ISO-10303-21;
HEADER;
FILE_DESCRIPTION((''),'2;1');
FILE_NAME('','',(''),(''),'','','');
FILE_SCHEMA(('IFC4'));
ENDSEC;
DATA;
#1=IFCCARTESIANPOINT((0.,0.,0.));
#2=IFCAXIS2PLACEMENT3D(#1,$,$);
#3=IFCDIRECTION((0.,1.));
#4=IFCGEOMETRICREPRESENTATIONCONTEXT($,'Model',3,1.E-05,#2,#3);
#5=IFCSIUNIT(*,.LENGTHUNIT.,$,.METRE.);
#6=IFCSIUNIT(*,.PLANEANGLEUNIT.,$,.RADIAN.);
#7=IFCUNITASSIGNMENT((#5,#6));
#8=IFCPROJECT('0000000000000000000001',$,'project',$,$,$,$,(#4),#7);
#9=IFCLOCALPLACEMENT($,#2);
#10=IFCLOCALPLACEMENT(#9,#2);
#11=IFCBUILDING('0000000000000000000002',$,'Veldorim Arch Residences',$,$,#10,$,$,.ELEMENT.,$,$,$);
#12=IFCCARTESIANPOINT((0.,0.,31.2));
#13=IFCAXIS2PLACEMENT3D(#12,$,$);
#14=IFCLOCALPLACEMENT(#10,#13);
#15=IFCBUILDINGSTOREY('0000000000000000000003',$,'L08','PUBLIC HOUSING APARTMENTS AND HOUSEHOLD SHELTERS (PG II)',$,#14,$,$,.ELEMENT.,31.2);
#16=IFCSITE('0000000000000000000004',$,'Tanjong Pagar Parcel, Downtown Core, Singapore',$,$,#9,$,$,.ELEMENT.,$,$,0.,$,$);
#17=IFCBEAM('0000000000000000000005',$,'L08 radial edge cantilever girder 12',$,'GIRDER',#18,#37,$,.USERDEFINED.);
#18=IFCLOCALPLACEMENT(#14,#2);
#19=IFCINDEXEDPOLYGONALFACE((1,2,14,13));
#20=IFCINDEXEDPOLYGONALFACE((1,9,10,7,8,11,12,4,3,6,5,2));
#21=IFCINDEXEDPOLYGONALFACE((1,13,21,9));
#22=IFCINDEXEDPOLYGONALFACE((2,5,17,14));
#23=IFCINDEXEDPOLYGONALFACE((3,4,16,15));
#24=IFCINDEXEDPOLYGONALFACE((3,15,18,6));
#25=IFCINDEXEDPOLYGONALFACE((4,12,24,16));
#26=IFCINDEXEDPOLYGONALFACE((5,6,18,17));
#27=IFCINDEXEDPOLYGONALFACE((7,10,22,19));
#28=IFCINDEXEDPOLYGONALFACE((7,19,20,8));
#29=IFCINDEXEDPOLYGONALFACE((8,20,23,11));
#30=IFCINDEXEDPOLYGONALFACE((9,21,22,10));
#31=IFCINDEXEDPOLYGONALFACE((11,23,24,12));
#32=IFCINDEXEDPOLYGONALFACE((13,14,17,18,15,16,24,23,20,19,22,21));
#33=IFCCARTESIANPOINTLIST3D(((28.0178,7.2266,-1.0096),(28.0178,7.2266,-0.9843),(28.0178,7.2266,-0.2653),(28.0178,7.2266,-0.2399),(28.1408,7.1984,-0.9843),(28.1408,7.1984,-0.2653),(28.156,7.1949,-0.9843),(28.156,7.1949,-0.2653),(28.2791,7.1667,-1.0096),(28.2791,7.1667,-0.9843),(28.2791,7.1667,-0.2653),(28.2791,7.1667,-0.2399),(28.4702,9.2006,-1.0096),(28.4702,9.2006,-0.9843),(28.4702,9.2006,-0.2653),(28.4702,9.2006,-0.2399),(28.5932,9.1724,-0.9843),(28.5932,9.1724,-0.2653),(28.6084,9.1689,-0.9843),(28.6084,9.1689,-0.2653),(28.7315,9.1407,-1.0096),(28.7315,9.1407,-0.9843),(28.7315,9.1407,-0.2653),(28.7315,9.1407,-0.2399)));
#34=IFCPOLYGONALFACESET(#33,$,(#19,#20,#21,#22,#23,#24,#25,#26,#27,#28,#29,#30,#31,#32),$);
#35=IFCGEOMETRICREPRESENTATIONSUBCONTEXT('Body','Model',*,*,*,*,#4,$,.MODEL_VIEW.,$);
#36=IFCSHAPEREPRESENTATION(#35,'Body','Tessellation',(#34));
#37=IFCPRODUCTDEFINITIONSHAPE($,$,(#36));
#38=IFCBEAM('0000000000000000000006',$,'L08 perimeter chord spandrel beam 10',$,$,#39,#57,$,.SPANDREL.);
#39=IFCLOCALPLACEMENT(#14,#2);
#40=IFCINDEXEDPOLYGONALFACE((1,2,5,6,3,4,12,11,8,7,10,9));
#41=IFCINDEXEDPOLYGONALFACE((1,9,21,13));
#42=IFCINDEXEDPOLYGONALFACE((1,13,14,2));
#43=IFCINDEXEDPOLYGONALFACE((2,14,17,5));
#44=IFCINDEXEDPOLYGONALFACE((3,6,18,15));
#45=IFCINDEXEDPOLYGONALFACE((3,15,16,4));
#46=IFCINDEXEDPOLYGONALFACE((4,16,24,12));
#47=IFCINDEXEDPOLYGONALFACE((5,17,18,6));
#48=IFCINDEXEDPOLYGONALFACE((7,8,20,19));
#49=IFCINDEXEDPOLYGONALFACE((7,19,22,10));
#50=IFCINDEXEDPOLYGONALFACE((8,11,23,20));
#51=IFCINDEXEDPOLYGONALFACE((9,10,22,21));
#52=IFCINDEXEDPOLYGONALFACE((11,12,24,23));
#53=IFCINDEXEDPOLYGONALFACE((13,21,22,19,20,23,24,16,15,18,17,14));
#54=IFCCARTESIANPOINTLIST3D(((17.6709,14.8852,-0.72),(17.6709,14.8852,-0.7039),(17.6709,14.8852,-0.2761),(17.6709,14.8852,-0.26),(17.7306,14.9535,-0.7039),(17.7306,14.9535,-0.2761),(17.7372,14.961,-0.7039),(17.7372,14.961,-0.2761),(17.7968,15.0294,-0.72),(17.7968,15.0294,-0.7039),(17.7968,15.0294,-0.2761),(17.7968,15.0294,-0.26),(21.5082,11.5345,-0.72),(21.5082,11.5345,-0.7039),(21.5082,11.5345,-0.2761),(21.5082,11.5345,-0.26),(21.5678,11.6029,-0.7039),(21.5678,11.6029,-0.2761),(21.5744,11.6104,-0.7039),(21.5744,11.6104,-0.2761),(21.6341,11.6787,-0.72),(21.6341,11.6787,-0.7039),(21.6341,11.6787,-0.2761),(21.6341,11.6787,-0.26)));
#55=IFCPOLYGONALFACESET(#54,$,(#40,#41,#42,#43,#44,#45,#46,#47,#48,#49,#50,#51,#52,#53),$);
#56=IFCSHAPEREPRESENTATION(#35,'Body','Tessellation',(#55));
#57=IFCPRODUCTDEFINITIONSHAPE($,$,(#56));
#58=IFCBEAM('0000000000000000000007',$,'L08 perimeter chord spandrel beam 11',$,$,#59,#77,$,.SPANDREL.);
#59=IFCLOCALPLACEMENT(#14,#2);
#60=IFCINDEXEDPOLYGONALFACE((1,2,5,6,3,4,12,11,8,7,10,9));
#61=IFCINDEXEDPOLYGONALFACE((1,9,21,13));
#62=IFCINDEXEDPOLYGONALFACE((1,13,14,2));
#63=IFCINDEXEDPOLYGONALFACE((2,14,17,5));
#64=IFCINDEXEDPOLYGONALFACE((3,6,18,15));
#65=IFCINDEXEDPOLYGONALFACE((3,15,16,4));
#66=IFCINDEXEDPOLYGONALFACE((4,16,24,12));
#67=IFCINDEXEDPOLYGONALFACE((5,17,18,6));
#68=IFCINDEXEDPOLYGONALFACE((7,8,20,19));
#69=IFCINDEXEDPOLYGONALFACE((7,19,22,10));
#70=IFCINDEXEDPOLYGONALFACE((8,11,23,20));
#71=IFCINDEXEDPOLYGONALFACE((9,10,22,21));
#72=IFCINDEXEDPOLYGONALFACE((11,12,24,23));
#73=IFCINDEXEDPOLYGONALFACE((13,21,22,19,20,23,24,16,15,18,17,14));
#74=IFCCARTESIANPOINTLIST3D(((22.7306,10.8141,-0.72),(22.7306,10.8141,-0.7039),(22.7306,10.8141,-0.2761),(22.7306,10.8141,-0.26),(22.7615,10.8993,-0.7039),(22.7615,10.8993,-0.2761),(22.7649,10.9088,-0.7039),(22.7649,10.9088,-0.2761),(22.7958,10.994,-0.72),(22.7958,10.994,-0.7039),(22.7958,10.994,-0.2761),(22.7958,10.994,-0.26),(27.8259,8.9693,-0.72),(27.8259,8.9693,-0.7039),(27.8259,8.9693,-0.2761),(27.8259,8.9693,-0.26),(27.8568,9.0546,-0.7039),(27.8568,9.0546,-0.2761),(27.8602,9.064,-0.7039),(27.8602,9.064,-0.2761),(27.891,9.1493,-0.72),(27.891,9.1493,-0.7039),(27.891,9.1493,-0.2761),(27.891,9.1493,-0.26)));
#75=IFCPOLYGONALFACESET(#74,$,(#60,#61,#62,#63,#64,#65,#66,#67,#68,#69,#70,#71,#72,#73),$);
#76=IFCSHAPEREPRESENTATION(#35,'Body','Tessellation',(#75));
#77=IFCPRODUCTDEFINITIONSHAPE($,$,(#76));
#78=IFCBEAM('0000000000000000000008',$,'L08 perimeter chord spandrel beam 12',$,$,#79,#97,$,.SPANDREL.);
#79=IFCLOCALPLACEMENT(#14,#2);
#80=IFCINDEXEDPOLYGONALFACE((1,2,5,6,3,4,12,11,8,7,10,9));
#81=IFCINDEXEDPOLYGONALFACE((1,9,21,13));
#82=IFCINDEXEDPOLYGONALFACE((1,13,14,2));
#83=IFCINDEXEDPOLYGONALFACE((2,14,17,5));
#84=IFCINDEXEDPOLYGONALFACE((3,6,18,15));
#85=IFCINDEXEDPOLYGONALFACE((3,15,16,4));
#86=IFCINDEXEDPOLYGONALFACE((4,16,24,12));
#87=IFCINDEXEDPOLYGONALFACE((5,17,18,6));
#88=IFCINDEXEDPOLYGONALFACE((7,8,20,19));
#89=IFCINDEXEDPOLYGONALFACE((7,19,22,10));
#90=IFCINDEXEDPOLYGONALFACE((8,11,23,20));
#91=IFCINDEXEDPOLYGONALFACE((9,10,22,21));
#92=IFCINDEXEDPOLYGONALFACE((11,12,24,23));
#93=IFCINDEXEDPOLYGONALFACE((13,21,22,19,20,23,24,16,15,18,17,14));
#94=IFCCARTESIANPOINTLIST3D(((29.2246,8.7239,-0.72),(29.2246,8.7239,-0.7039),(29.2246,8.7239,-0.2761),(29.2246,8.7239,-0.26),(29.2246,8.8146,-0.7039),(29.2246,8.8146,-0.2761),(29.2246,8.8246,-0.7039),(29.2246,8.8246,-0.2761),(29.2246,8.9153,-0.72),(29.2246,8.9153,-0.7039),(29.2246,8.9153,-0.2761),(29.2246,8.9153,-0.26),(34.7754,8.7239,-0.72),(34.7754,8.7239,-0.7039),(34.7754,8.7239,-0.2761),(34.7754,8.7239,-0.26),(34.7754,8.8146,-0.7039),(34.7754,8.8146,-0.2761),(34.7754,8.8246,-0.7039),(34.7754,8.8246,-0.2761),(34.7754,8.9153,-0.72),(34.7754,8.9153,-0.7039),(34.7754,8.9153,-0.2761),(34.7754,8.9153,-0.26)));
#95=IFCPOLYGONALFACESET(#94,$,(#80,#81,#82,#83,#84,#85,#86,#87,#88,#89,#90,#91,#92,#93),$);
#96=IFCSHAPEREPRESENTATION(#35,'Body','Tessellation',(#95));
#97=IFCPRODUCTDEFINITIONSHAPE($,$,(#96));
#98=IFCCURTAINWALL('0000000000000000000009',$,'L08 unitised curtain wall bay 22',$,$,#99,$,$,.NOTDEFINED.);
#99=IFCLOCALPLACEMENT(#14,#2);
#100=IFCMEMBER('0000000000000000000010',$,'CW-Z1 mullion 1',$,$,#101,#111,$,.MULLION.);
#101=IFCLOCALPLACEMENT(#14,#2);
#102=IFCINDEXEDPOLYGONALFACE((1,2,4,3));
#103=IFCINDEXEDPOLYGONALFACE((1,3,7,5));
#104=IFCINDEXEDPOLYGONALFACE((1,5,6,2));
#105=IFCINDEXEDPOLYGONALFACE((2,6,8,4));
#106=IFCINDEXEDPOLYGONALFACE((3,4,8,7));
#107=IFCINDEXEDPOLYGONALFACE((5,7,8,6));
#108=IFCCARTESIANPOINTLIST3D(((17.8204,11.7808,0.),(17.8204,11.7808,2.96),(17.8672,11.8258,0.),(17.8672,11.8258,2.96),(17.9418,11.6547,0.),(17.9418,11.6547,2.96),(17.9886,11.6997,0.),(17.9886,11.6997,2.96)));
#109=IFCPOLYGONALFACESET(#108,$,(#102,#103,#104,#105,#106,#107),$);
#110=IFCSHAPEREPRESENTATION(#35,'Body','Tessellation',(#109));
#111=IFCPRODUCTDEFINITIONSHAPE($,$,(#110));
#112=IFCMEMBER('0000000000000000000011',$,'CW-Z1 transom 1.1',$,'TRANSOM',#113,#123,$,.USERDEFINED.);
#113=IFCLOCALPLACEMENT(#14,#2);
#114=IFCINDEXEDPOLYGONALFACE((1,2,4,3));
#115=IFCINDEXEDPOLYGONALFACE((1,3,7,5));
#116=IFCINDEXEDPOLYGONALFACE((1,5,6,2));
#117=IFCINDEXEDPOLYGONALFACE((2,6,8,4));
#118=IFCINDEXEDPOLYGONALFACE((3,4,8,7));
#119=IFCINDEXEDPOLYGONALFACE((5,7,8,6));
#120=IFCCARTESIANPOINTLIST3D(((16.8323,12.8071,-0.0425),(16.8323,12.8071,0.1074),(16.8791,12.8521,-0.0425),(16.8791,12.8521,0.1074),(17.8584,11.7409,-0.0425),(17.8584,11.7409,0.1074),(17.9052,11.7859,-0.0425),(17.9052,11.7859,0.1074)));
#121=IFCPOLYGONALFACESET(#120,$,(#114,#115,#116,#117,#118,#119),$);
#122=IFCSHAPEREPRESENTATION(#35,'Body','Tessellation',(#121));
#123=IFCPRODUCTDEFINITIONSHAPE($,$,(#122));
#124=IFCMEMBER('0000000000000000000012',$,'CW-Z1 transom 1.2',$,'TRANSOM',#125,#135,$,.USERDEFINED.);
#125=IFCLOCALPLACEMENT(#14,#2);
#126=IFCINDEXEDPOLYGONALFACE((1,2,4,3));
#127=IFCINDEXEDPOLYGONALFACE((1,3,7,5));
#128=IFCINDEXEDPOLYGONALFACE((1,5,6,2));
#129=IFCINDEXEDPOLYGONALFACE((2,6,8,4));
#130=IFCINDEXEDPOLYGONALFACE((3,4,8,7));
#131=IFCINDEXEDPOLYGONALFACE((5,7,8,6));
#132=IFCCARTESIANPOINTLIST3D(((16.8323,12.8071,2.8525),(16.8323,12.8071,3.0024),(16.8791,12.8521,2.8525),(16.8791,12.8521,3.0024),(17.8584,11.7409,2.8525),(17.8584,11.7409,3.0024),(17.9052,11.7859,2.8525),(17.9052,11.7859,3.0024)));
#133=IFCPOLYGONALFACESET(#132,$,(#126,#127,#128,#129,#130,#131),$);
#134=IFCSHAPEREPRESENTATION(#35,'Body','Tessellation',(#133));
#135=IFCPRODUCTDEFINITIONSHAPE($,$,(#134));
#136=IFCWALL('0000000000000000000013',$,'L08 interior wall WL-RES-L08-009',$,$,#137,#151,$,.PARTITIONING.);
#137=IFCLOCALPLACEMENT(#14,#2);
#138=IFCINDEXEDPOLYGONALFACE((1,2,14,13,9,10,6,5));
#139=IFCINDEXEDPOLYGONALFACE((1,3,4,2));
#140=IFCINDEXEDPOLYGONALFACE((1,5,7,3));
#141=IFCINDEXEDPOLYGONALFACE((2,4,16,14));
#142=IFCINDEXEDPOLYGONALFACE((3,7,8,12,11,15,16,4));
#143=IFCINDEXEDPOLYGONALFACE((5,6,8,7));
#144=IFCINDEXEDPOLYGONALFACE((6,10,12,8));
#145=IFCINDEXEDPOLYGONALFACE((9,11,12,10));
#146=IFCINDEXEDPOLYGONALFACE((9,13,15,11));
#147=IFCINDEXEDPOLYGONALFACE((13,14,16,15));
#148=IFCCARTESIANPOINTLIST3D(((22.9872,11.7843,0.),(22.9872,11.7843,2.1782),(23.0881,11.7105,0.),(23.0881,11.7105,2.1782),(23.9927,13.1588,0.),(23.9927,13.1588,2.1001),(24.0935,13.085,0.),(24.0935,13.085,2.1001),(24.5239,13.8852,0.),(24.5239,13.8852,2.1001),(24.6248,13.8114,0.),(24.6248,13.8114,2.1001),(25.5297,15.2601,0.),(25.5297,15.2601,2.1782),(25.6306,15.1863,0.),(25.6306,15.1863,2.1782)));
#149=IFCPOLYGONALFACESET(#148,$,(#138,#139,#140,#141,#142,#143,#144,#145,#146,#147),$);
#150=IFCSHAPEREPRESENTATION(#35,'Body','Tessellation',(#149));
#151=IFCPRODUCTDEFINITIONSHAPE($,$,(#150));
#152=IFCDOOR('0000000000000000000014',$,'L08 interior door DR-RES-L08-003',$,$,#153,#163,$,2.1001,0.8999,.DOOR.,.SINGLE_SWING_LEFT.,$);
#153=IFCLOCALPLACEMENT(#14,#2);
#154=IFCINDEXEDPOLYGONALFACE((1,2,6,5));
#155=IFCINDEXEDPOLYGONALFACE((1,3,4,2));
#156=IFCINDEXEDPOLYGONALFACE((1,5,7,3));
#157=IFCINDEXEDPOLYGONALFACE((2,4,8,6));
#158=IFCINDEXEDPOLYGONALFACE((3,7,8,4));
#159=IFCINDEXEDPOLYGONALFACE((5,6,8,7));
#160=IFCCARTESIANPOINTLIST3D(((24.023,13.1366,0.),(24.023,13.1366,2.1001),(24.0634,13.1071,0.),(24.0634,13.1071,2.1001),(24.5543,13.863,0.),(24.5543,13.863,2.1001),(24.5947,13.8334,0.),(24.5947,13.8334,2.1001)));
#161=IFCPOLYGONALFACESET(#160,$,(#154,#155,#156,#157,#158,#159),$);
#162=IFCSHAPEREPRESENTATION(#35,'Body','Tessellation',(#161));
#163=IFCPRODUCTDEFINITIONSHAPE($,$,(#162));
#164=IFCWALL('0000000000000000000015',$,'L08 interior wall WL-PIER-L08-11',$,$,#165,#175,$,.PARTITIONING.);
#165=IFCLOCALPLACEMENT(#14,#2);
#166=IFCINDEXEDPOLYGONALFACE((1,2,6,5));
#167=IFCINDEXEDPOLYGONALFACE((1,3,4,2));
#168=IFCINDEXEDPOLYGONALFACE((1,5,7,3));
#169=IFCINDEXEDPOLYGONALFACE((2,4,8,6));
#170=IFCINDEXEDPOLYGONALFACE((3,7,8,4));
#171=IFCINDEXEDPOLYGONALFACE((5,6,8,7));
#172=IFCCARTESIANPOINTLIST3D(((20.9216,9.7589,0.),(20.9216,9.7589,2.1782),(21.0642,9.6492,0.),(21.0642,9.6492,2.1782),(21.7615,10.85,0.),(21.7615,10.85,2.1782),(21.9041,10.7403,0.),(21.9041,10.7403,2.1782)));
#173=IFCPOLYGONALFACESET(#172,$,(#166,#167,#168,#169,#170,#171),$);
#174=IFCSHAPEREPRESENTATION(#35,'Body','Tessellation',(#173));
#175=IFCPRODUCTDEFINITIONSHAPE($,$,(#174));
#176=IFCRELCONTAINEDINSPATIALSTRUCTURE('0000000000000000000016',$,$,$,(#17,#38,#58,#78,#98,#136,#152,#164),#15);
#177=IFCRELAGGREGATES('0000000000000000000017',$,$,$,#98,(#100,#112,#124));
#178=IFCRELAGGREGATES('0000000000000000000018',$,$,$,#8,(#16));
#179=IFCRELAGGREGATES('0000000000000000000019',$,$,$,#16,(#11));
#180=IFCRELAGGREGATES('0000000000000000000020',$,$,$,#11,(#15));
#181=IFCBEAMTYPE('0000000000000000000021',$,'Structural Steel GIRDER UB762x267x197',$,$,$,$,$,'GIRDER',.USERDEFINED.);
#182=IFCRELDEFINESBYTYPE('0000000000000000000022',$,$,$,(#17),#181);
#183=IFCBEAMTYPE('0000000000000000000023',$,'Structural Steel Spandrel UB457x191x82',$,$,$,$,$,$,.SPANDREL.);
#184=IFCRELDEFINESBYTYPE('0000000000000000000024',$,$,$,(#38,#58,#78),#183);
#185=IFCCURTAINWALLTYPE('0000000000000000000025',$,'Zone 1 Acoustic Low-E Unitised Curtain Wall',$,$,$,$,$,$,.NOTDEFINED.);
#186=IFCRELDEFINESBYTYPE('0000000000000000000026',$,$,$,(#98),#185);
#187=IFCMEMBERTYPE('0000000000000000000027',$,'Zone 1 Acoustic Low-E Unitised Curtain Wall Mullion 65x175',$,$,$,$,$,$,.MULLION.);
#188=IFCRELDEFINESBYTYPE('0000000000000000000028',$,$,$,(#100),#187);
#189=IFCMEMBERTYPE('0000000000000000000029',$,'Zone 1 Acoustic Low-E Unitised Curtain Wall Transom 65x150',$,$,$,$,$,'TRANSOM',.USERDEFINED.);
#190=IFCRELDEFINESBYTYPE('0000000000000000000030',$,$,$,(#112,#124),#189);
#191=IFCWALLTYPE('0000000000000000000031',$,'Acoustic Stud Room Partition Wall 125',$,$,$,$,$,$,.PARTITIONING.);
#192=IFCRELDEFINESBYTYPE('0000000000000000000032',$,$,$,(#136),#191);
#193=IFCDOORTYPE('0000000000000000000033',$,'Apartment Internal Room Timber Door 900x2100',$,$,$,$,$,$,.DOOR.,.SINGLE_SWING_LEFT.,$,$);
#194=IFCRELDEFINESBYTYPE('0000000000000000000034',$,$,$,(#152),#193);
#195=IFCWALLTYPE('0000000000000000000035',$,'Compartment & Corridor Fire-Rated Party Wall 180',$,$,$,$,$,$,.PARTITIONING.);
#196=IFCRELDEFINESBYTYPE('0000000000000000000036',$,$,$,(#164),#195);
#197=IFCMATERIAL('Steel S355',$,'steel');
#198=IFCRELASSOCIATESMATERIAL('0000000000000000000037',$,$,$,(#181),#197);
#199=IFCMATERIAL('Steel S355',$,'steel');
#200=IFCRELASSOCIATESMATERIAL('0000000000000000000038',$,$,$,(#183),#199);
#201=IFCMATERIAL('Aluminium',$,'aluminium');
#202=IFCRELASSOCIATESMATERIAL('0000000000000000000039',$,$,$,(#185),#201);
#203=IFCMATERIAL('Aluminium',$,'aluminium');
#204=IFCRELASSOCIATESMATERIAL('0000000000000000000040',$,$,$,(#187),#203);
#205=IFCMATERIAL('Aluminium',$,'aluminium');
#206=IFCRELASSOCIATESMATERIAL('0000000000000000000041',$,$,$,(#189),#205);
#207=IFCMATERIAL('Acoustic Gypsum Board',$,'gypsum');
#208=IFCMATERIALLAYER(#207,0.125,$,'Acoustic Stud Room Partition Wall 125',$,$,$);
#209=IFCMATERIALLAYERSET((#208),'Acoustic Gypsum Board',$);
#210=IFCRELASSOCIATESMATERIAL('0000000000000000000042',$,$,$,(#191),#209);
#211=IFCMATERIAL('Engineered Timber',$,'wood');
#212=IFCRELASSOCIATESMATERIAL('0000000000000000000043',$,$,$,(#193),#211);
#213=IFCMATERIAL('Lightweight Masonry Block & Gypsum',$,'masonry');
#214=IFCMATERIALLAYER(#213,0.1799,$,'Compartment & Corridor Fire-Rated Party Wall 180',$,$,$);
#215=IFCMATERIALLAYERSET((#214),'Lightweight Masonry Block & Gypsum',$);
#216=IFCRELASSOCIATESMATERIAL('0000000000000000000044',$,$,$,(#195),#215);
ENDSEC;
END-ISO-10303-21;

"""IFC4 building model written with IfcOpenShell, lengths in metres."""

from ifc_helpers import new_model, si_unit, direction, frame, frame_2d, origin, origin_2d, place, context, subcontext, project, spatial, rectangle, i_section, extrude, material, layer, layer_set, material_profile, profile_set, type_object, element, fill, aggregate, save


model = new_model("IFC4")

# Units and contexts
model_context = context("Model", 3, precision=1e-05, world=origin(), true_north=direction((0.0, 1.0)))
body_context = subcontext(model_context, "Body", "Model", "MODEL_VIEW")
ifc_project = project(units=[si_unit("LENGTHUNIT", "METRE"), si_unit("PLANEANGLEUNIT", "RADIAN")], contexts=[model_context])

# Site, building, storey
site_placement = place(None, origin())
site = spatial("IfcSite", under=ifc_project, at=site_placement, Name="Tanjong Pagar Parcel, Downtown Core, Singapore", CompositionType="ELEMENT", RefElevation=0.0)
building_placement = place(site_placement, origin())
building = spatial("IfcBuilding", under=site, at=building_placement, Name="Veldorim Arch Residences", CompositionType="ELEMENT")
storey_placement = place(building_placement, frame((0.0, 0.0, 31.2)))
storey = spatial("IfcBuildingStorey", under=building, at=storey_placement, Name="L08", Description="PUBLIC HOUSING APARTMENTS AND HOUSEHOLD SHELTERS (PG II)", CompositionType="ELEMENT", Elevation=31.2)

# Beams
ifc_material_1 = material(Name="Steel S355", Category="steel")
ifc_material_profile_1 = material_profile(ifc_material_1, i_section(OverallWidth=0.2681, OverallDepth=0.7698, WebThickness=0.0156, FlangeThickness=0.0254, at=origin_2d()), Name="UB762x267x197")
ifc_profile_set_1 = profile_set([ifc_material_profile_1], Name="Steel S355")
beam_type_1 = type_object("IfcBeamType", Name="Structural Steel GIRDER UB762x267x197", ElementType="GIRDER", PredefinedType="USERDEFINED", material=ifc_profile_set_1)
beam_1_placement = place(storey_placement, frame((28.6008, 9.1707, -0.6248), z_axis=(-0.223398, -0.974727, 0.0), x_axis=(0.974727, -0.223398, 0.0)))
element("IfcBeam", 1, at=beam_1_placement, inside=storey, type_object=beam_type_1, Name="L08 radial edge cantilever girder 12", ObjectType="GIRDER", PredefinedType="USERDEFINED", context=body_context, shape_type="SweptSolid", body=[
    extrude(i_section(OverallWidth=0.2681, OverallDepth=0.7698, WebThickness=0.0156, FlangeThickness=0.0254, at=origin_2d()), origin(), (0.0, 0.0, 1.0), 2.0251),
])
ifc_material_2 = material(Name="Steel S355", Category="steel")
ifc_material_profile_2 = material_profile(ifc_material_2, i_section(OverallWidth=0.1914, OverallDepth=0.46, WebThickness=0.01, FlangeThickness=0.0161, at=origin_2d()), Name="UB457x191x82")
ifc_profile_set_2 = profile_set([ifc_material_profile_2], Name="Steel S355")
beam_type_2 = type_object("IfcBeamType", Name="Structural Steel Spandrel UB457x191x82", PredefinedType="SPANDREL", material=ifc_profile_set_2)
beam_2_placement = place(storey_placement, frame((17.7339, 14.9573, -0.49), z_axis=(0.75325, -0.657734, 0.0), x_axis=(0.657734, 0.75325, 0.0)))
element("IfcBeam", 2, at=beam_2_placement, inside=storey, type_object=beam_type_2, Name="L08 perimeter chord spandrel beam 10", PredefinedType="SPANDREL", context=body_context, shape_type="SweptSolid", body=[
    extrude(i_section(OverallWidth=0.1914, OverallDepth=0.46, WebThickness=0.01, FlangeThickness=0.0161, at=origin_2d()), origin(), (0.0, 0.0, 1.0), 5.0942),
])
beam_3_placement = place(storey_placement, frame((22.7632, 10.9041, -0.49), z_axis=(0.940271, -0.340426, 0.0), x_axis=(0.340426, 0.940271, 0.0)))
element("IfcBeam", 3, at=beam_3_placement, inside=storey, type_object=beam_type_2, Name="L08 perimeter chord spandrel beam 11", PredefinedType="SPANDREL", context=body_context, shape_type="SweptSolid", body=[
    extrude(i_section(OverallWidth=0.1914, OverallDepth=0.46, WebThickness=0.01, FlangeThickness=0.0161, at=origin_2d()), origin(), (0.0, 0.0, 1.0), 5.4189),
])
beam_4_placement = place(storey_placement, frame((29.2246, 8.8196, -0.49), z_axis=(1.0, 0.0, 0.0), x_axis=(0.0, 1.0, 0.0)))
element("IfcBeam", 4, at=beam_4_placement, inside=storey, type_object=beam_type_2, Name="L08 perimeter chord spandrel beam 12", PredefinedType="SPANDREL", context=body_context, shape_type="SweptSolid", body=[
    extrude(i_section(OverallWidth=0.1914, OverallDepth=0.46, WebThickness=0.01, FlangeThickness=0.0161, at=origin_2d()), origin(), (0.0, 0.0, 1.0), 5.5508),
])

# Curtain wall, members
ifc_material_3 = material(Name="Aluminium", Category="aluminium")
curtain_wall_type = type_object("IfcCurtainWallType", Name="Zone 1 Acoustic Low-E Unitised Curtain Wall", PredefinedType="NOTDEFINED", material=ifc_material_3)
curtain_wall_placement = place(storey_placement, origin())
curtain_wall = element("IfcCurtainWall", 5, at=curtain_wall_placement, inside=storey, type_object=curtain_wall_type, Name="L08 unitised curtain wall bay 22", PredefinedType="NOTDEFINED")
ifc_material_4 = material(Name="Aluminium", Category="aluminium")
ifc_material_profile_3 = material_profile(ifc_material_4, rectangle(XDim=0.0649, YDim=0.175, at=origin_2d()), Name="ALU_MUL_65x175")
ifc_profile_set_3 = profile_set([ifc_material_profile_3], Name="Aluminium")
member_type_1 = type_object("IfcMemberType", Name="Zone 1 Acoustic Low-E Unitised Curtain Wall Mullion 65x175", PredefinedType="MULLION", material=ifc_profile_set_3)
member_1_placement = place(storey_placement, frame((17.9045, 11.7402, 0.0), z_axis=(0.0, 0.0, 1.0), x_axis=(-0.720421, -0.693538, 0.0)))
member_1 = element("IfcMember", 6, at=member_1_placement, type_object=member_type_1, Name="CW-Z1 mullion 1", PredefinedType="MULLION", context=body_context, shape_type="SweptSolid", body=[
    extrude(rectangle(XDim=0.0649, YDim=0.175, at=origin_2d()), origin(), (0.0, 0.0, 1.0), 2.96),
])
ifc_material_5 = material(Name="Aluminium", Category="aluminium")
ifc_material_profile_4 = material_profile(ifc_material_5, rectangle(XDim=0.0649, YDim=0.1499, at=origin_2d()), Name="ALU_TRN_65x150")
ifc_profile_set_4 = profile_set([ifc_material_profile_4], Name="Aluminium")
member_type_2 = type_object("IfcMemberType", Name="Zone 1 Acoustic Low-E Unitised Curtain Wall Transom 65x150", ElementType="TRANSOM", PredefinedType="USERDEFINED", material=ifc_profile_set_4)
member_2_placement = place(storey_placement, frame((17.8818, 11.7634, 0.0325), z_axis=(-0.693448, 0.720506, 0.0), x_axis=(-0.720506, -0.693448, 0.0)))
member_2 = element("IfcMember", 7, at=member_2_placement, type_object=member_type_2, Name="CW-Z1 transom 1.1", ObjectType="TRANSOM", PredefinedType="USERDEFINED", context=body_context, shape_type="SweptSolid", body=[
    extrude(rectangle(XDim=0.0649, YDim=0.1499, at=origin_2d()), origin(), (0.0, 0.0, 1.0), 1.4797),
])
member_3_placement = place(storey_placement, frame((17.8818, 11.7634, 2.9275), z_axis=(-0.693448, 0.720506, 0.0), x_axis=(-0.720506, -0.693448, 0.0)))
member_3 = element("IfcMember", 8, at=member_3_placement, type_object=member_type_2, Name="CW-Z1 transom 1.2", ObjectType="TRANSOM", PredefinedType="USERDEFINED", context=body_context, shape_type="SweptSolid", body=[
    extrude(rectangle(XDim=0.0649, YDim=0.1499, at=origin_2d()), origin(), (0.0, 0.0, 1.0), 1.4797),
])
aggregate(curtain_wall, [member_1, member_2, member_3])

# Wall, opening, door
ifc_material_6 = material(Name="Acoustic Gypsum Board", Category="gypsum")
ifc_layer_1 = layer(ifc_material_6, 0.125, Name="Acoustic Stud Room Partition Wall 125")
ifc_layer_set_1 = layer_set([ifc_layer_1], Name="Acoustic Gypsum Board")
wall_type_1 = type_object("IfcWallType", Name="Acoustic Stud Room Partition Wall 125", PredefinedType="PARTITIONING", material=ifc_layer_set_1)
wall_1_placement = place(storey_placement, frame((23.0376, 11.7473, 0.0), z_axis=(0.0, 0.0, 1.0), x_axis=(0.590388, 0.80712, 0.0)))
wall_1 = element("IfcWall", 9, at=wall_1_placement, inside=storey, type_object=wall_type_1, Name="L08 interior wall WL-RES-L08-009", PredefinedType="PARTITIONING", context=body_context, shape_type="SweptSolid", body=[
    extrude(rectangle(XDim=4.3064, YDim=0.125, at=frame_2d((2.1533, 0.0))), origin(), (0.0, 0.0, 1.0), 2.1782),
])
opening_1_placement = place(wall_1_placement, frame((1.7031, 0.0, 0.0)))
opening_1 = element("IfcOpeningElement", 10, at=opening_1_placement, cuts=wall_1, PredefinedType="OPENING", context=body_context, shape_type="SweptSolid", body=[
    extrude(rectangle(XDim=0.8999, YDim=2.1001, at=frame_2d((0.45, 1.05))), frame((0.0, 0.0725, 0.0), z_axis=(0.0, -1.0, 0.0), x_axis=(1.0, 0.0, 0.0)), (0.0, 0.0, 1.0), 0.145),
])
ifc_material_7 = material(Name="Engineered Timber", Category="wood")
door_type = type_object("IfcDoorType", Name="Apartment Internal Room Timber Door 900x2100", OperationType="SINGLE_SWING_LEFT", PredefinedType="DOOR", material=ifc_material_7)
door_placement = place(opening_1_placement, origin())
door = element("IfcDoor", 11, at=door_placement, inside=storey, type_object=door_type, Name="L08 interior door DR-RES-L08-003", OperationType="SINGLE_SWING_LEFT", OverallHeight=2.1001, OverallWidth=0.8999, PredefinedType="DOOR", context=body_context, shape_type="SweptSolid", body=[
    extrude(rectangle(XDim=0.8999, YDim=2.1001, at=frame_2d((0.45, 1.05))), frame((0.0, 0.0249, 0.0), z_axis=(0.0, -1.0, 0.0), x_axis=(1.0, 0.0, 0.0)), (0.0, 0.0, 1.0), 0.05),
])
fill(opening_1, door)

# Wall
ifc_material_8 = material(Name="Lightweight Masonry Block & Gypsum", Category="masonry")
ifc_layer_2 = layer(ifc_material_8, 0.1799, Name="Compartment & Corridor Fire-Rated Party Wall 180")
ifc_layer_set_2 = layer_set([ifc_layer_2], Name="Lightweight Masonry Block & Gypsum")
wall_type_2 = type_object("IfcWallType", Name="Compartment & Corridor Fire-Rated Party Wall 180", PredefinedType="PARTITIONING", material=ifc_layer_set_2)
wall_2_placement = place(storey_placement, frame((21.8328, 10.7952, 0.0), z_axis=(0.0, 0.0, 1.0), x_axis=(-0.609968, -0.792426, 0.0)))
element("IfcWall", 12, at=wall_2_placement, inside=storey, type_object=wall_type_2, Name="L08 interior wall WL-PIER-L08-11", PredefinedType="PARTITIONING", context=body_context, shape_type="SweptSolid", body=[
    extrude(rectangle(XDim=1.377, YDim=0.1799, at=frame_2d((0.6885, 0.0))), origin(), (0.0, 0.0, 1.0), 2.1782),
])

save(model, "model.ifc")
